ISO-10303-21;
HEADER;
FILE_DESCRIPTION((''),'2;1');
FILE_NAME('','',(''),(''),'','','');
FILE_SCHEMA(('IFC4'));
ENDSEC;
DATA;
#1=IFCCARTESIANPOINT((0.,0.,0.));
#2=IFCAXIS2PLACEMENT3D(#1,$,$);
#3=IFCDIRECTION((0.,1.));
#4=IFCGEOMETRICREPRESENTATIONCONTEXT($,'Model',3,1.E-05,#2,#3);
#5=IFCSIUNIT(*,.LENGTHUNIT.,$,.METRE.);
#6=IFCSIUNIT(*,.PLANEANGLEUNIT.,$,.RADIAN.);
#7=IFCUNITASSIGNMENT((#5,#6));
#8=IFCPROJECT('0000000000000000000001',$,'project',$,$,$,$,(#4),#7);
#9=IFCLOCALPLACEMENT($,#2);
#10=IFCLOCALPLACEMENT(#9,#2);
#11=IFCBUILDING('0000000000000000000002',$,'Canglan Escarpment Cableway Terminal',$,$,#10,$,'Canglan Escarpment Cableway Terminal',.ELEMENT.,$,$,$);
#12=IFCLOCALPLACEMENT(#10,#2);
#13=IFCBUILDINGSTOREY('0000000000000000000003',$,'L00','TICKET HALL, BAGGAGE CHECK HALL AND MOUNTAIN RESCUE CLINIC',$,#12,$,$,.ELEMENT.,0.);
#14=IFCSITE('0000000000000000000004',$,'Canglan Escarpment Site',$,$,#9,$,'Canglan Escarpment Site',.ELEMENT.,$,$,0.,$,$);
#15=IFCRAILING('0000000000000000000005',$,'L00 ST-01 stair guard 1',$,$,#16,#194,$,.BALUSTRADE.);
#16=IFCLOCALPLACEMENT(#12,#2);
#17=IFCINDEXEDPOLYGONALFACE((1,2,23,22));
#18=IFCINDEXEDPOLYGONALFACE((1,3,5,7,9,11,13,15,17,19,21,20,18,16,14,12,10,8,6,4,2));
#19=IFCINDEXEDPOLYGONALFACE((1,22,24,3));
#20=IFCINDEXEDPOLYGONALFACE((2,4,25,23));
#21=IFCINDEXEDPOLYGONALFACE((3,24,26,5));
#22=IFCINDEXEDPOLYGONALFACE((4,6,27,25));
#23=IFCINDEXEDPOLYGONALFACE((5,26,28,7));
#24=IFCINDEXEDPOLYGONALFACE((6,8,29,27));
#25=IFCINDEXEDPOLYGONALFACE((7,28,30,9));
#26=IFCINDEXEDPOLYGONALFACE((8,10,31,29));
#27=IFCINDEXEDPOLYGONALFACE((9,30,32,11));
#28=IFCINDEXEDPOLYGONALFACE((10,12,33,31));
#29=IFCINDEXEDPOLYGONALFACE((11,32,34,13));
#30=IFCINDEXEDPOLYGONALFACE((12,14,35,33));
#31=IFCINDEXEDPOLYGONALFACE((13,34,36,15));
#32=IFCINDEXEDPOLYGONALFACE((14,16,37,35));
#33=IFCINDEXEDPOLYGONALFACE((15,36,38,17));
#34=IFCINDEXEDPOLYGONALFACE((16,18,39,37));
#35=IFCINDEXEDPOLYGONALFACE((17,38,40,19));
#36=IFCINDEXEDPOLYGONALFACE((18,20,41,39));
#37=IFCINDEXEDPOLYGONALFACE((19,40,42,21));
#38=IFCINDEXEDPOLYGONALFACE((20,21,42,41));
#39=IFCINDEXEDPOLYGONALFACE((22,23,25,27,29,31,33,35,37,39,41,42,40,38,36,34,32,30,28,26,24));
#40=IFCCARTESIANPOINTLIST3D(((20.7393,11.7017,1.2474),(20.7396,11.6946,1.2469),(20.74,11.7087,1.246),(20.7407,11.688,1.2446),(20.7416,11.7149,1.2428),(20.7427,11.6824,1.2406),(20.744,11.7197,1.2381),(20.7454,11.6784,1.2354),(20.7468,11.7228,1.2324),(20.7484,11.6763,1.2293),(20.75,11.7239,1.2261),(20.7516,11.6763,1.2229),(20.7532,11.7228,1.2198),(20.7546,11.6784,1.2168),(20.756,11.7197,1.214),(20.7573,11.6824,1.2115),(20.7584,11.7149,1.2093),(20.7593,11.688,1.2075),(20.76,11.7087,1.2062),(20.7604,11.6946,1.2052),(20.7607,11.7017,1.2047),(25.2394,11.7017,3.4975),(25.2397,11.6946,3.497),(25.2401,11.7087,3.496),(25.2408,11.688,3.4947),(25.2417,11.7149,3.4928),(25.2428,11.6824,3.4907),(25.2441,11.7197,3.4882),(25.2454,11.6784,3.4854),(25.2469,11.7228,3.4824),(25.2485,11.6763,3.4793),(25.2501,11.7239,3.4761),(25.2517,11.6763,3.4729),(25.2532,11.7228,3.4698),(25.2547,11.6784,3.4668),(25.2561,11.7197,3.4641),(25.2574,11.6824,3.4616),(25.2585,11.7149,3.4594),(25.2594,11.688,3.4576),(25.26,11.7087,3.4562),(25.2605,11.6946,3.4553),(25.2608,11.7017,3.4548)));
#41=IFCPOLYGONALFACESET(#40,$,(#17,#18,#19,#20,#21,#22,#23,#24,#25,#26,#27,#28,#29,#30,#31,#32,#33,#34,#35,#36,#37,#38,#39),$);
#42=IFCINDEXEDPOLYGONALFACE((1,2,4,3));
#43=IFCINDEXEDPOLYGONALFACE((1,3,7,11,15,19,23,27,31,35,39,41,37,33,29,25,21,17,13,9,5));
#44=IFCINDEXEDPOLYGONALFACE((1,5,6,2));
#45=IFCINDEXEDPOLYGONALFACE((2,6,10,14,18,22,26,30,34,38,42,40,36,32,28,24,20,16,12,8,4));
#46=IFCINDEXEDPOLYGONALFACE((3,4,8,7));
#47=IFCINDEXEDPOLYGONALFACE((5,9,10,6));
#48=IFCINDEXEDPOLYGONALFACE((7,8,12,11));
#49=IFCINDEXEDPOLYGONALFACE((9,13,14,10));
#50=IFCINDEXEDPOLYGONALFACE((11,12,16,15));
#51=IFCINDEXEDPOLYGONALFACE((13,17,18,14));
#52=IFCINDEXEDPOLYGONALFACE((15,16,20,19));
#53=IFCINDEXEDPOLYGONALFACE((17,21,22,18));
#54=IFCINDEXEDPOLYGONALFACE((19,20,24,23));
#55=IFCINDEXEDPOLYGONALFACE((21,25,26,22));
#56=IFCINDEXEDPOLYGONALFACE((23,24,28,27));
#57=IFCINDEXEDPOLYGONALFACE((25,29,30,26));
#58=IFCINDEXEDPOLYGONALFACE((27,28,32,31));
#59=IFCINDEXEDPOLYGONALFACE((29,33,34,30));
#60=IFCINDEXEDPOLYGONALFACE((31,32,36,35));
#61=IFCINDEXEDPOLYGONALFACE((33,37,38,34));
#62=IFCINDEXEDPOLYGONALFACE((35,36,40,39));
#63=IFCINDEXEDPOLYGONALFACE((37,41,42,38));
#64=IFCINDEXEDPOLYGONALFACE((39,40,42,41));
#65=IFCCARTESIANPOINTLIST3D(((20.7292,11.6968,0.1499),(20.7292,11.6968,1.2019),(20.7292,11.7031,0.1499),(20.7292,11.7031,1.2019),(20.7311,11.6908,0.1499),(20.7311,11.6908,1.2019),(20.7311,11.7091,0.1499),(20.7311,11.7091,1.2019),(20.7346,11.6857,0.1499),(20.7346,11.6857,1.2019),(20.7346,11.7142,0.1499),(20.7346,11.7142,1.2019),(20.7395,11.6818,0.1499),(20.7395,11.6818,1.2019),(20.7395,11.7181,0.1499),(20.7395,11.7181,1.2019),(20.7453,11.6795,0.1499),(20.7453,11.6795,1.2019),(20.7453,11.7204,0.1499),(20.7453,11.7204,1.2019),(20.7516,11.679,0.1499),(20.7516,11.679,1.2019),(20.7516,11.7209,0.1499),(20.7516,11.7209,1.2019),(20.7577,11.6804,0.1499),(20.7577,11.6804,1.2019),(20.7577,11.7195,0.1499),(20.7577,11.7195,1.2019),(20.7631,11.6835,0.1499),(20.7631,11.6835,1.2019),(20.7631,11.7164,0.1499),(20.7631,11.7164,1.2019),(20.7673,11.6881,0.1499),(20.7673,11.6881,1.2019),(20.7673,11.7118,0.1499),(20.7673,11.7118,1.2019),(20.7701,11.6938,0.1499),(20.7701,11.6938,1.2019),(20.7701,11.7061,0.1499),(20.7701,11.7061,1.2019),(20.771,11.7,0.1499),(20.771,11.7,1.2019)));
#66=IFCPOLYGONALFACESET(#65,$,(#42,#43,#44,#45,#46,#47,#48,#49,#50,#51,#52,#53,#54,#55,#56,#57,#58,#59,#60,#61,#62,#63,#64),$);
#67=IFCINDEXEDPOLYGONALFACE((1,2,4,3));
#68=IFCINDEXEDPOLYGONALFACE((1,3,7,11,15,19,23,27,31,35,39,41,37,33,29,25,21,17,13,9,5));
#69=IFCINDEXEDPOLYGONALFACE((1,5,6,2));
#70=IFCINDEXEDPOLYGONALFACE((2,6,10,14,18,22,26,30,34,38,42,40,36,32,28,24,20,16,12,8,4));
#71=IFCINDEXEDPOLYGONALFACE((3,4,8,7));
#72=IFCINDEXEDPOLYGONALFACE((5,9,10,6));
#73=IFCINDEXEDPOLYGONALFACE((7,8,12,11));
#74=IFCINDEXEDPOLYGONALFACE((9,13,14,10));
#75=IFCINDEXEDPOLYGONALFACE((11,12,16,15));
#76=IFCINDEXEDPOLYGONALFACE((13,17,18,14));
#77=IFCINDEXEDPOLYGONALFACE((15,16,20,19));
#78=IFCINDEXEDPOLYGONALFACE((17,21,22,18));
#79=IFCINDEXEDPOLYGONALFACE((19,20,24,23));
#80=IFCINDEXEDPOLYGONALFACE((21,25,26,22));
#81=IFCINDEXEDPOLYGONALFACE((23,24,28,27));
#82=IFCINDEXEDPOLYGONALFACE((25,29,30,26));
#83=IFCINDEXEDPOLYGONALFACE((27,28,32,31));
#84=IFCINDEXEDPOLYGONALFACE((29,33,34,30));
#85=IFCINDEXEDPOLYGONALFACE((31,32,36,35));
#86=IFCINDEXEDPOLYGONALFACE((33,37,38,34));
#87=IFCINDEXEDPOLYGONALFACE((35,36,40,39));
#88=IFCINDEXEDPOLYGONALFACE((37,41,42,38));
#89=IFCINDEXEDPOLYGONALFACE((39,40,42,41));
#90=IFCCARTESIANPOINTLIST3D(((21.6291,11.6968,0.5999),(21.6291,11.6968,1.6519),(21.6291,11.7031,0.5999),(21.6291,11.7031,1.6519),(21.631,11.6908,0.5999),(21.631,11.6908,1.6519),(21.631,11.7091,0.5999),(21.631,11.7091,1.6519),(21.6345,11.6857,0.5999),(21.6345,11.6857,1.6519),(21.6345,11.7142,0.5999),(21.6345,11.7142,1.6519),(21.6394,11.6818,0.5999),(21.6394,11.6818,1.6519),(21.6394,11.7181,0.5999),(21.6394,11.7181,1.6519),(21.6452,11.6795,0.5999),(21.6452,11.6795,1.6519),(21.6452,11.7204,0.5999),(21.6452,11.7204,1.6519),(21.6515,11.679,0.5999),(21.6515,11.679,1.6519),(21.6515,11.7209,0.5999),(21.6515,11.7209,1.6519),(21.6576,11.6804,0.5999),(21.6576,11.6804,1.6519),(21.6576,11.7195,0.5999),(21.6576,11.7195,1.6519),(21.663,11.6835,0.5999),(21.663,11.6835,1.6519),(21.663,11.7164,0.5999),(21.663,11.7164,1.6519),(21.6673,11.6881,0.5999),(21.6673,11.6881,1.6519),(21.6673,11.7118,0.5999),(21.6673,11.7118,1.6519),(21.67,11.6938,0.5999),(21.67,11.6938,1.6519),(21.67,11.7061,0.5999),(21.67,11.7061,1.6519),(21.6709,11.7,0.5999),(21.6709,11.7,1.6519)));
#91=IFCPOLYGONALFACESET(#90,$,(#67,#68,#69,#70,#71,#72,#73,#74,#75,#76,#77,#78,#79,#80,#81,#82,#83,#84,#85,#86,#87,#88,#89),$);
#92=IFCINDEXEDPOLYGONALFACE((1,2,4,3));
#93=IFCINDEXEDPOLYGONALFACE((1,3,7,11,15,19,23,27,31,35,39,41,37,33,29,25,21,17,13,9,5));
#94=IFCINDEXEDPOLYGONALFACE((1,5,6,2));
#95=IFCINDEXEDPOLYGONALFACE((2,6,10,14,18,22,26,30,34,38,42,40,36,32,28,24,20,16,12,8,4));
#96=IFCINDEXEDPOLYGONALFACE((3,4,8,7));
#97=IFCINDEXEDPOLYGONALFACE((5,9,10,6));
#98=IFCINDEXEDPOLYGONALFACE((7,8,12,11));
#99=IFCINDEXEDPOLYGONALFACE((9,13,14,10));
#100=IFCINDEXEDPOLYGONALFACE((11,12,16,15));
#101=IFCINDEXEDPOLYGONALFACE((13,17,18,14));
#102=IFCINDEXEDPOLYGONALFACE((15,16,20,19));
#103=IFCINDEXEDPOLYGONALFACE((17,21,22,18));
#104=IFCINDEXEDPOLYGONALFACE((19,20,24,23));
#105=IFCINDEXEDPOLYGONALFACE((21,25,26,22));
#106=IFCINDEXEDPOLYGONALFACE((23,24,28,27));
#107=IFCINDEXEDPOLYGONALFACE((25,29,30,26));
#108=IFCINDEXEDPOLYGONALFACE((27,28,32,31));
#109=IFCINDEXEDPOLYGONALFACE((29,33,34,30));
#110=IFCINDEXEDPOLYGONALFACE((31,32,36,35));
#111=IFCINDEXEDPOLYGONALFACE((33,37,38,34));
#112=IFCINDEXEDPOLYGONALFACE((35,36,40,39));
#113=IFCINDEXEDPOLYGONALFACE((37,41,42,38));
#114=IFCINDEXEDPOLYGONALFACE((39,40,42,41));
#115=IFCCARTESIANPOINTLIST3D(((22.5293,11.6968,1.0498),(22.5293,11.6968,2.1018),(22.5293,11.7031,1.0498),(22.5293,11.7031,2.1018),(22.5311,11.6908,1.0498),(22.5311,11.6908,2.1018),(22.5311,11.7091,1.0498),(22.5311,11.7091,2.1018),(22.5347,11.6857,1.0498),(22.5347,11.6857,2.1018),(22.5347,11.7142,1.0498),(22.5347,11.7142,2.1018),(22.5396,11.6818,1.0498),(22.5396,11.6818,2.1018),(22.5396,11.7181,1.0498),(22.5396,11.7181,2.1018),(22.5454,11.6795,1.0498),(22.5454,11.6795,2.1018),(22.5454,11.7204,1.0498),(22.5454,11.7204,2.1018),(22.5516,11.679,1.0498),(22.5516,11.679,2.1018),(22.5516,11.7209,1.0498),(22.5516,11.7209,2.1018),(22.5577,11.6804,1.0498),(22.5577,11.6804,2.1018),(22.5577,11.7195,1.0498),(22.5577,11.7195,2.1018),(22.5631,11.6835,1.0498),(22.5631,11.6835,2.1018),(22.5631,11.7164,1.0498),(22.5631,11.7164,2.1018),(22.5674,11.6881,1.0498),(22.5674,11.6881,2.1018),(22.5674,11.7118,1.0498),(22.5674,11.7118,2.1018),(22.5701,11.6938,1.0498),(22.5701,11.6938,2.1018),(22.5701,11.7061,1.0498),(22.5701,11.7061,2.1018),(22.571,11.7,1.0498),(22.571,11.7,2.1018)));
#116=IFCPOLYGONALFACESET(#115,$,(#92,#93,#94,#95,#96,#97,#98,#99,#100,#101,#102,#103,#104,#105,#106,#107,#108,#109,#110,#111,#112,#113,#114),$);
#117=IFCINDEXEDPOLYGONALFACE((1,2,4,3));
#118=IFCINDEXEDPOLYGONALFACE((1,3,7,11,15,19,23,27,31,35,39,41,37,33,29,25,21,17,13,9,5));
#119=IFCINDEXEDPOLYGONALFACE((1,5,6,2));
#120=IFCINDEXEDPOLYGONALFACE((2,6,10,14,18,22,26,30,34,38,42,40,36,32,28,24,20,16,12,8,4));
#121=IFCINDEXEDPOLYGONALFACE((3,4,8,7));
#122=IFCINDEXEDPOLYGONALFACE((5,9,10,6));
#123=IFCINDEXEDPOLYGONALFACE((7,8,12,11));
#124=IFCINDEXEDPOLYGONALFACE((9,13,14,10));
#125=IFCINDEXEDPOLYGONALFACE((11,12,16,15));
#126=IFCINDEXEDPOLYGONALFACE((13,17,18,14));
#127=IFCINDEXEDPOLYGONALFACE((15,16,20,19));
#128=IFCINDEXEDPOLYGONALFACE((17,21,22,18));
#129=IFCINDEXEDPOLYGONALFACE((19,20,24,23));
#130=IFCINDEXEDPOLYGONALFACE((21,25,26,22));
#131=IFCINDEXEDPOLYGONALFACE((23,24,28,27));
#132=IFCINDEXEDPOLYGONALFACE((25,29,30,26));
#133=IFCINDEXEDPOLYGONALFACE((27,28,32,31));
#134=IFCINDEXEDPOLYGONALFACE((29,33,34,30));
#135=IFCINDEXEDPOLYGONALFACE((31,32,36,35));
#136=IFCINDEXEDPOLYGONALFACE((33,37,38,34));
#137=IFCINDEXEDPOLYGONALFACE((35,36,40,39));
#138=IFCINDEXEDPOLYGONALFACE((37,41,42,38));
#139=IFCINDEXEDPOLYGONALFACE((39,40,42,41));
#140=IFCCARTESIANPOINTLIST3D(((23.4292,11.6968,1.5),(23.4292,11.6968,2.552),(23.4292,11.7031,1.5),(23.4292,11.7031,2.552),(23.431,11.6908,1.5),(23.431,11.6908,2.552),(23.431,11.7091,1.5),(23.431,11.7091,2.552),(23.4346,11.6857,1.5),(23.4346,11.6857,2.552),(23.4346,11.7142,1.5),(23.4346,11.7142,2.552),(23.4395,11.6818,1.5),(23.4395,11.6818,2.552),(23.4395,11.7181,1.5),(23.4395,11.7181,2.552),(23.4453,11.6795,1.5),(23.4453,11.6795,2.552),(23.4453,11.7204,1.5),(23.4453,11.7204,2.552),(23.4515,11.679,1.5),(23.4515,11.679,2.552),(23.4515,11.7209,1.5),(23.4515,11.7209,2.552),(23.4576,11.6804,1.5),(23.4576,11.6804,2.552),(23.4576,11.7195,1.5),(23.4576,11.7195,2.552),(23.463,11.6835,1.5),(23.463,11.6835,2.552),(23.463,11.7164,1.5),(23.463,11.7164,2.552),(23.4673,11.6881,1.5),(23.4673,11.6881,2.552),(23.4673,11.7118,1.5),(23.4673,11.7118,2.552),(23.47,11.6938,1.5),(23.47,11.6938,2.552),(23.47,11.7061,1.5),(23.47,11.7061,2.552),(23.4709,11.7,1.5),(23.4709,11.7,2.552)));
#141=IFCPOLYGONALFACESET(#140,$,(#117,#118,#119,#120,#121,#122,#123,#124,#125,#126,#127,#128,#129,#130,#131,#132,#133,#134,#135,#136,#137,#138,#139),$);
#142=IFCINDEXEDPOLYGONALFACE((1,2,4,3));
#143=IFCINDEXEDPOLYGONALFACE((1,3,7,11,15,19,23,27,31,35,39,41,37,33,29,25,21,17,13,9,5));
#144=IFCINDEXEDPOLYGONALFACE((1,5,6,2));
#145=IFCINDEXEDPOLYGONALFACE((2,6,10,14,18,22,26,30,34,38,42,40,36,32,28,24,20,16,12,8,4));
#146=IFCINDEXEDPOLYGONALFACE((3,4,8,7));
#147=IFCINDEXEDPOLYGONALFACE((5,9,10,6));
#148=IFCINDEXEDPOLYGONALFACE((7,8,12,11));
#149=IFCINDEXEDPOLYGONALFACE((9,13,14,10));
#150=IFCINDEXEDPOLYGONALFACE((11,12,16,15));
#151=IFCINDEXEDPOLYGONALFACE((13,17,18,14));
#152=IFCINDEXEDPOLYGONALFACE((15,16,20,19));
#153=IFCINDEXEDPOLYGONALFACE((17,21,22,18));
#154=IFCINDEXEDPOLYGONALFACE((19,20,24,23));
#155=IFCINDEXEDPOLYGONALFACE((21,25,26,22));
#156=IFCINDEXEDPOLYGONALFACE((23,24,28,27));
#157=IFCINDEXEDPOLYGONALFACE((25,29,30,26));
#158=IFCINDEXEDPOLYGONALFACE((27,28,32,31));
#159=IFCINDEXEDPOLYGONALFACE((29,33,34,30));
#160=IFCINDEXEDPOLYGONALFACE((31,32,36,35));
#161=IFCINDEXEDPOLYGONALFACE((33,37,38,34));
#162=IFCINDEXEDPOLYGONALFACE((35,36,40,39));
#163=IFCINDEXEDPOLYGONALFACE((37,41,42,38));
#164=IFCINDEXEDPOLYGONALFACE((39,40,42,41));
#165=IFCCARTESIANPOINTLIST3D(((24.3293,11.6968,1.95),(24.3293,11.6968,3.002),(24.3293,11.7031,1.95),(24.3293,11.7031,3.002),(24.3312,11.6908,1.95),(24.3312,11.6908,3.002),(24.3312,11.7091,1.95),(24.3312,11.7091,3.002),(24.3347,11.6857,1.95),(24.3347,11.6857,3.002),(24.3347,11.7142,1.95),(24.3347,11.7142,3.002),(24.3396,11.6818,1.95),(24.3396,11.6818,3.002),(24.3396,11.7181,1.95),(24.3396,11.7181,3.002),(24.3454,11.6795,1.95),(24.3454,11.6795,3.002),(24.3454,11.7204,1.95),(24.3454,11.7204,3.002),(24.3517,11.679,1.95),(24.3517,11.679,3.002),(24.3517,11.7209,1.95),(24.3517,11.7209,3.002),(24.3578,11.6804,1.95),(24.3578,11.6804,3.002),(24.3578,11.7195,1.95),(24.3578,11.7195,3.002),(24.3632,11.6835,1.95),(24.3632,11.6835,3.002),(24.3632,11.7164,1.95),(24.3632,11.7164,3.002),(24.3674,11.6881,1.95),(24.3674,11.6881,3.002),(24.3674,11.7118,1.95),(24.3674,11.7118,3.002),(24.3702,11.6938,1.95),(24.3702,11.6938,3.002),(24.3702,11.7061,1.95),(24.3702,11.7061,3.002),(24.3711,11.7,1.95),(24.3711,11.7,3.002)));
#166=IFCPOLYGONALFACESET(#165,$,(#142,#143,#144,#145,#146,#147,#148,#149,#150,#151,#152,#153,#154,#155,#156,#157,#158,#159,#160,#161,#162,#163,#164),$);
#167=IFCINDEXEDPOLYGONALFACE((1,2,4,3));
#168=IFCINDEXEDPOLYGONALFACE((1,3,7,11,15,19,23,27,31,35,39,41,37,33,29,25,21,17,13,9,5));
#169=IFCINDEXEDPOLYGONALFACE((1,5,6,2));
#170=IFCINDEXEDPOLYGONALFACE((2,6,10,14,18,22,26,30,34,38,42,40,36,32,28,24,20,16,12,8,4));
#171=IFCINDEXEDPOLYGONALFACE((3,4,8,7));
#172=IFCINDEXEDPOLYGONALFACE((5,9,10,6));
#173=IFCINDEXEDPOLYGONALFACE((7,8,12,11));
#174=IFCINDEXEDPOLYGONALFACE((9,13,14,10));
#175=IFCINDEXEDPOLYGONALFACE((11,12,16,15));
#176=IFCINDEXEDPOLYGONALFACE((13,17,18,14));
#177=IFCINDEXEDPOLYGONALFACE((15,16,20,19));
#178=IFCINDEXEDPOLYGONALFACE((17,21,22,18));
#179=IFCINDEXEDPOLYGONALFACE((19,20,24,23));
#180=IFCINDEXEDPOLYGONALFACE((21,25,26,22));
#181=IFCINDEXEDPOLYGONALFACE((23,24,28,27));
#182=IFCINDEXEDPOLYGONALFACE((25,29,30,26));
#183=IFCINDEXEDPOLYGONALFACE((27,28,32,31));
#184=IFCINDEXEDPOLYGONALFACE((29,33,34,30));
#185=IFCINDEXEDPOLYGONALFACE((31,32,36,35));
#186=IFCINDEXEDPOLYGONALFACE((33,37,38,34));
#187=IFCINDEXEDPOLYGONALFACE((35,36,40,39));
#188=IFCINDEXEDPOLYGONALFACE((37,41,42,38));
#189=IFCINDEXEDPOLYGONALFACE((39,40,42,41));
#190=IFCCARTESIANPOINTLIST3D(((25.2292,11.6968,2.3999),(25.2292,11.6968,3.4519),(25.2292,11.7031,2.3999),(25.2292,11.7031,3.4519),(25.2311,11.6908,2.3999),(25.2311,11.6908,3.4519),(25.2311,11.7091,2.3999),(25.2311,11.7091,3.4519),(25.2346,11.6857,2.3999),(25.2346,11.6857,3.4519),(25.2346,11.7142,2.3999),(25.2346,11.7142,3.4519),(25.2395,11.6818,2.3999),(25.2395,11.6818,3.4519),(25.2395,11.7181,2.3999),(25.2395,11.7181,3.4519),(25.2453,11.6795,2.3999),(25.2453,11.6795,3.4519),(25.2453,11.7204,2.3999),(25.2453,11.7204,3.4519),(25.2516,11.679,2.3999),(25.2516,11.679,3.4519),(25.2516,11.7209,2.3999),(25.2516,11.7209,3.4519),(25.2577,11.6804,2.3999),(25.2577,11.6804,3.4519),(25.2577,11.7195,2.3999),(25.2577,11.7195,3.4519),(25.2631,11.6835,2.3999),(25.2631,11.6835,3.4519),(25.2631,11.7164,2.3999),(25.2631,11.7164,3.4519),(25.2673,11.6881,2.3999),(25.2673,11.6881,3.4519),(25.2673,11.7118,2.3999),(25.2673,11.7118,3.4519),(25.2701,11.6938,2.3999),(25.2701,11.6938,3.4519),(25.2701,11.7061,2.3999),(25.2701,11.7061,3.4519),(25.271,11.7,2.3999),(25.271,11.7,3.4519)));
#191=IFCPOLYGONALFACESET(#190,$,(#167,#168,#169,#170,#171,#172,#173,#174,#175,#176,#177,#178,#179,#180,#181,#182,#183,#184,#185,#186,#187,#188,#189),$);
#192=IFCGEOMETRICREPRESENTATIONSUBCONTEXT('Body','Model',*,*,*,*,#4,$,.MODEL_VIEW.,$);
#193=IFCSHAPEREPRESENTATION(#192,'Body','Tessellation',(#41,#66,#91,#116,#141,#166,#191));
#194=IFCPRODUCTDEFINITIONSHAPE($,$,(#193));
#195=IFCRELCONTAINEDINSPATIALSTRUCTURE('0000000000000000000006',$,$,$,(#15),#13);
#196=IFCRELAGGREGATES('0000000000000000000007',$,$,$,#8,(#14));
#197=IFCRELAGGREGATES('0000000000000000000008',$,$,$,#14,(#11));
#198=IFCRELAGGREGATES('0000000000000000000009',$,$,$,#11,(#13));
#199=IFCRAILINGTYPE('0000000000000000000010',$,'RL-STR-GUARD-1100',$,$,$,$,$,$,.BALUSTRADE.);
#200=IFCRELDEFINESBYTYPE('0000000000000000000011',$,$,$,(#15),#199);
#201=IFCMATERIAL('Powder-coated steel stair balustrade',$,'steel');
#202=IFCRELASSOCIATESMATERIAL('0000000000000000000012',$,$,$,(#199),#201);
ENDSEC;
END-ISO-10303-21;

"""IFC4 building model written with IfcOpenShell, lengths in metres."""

from ifc_helpers import new_model, si_unit, direction, frame, origin, origin_2d, place, context, subcontext, project, spatial, circle, extrude, material, type_object, element, save


model = new_model("IFC4")

# Units and contexts
model_context = context("Model", 3, precision=1e-05, world=origin(), true_north=direction((0.0, 1.0)))
body_context = subcontext(model_context, "Body", "Model", "MODEL_VIEW")
ifc_project = project(units=[si_unit("LENGTHUNIT", "METRE"), si_unit("PLANEANGLEUNIT", "RADIAN")], contexts=[model_context])

# Site, building, storey
site_placement = place(None, origin())
site = spatial("IfcSite", under=ifc_project, at=site_placement, Name="Canglan Escarpment Site", LongName="Canglan Escarpment Site", CompositionType="ELEMENT", RefElevation=0.0)
building_placement = place(site_placement, origin())
building = spatial("IfcBuilding", under=site, at=building_placement, Name="Canglan Escarpment Cableway Terminal", LongName="Canglan Escarpment Cableway Terminal", CompositionType="ELEMENT")
storey_placement = place(building_placement, origin())
storey = spatial("IfcBuildingStorey", under=building, at=storey_placement, Name="L00", Description="TICKET HALL, BAGGAGE CHECK HALL AND MOUNTAIN RESCUE CLINIC", CompositionType="ELEMENT", Elevation=0.0)

# Railing
ifc_material_1 = material(Name="Powder-coated steel stair balustrade", Category="steel")
railing_type_1 = type_object("IfcRailingType", Name="RL-STR-GUARD-1100", PredefinedType="BALUSTRADE", material=ifc_material_1)
railing_1_placement = place(storey_placement, frame((20.75, 11.7, 0.1499)))
element("IfcRailing", 1, at=railing_1_placement, inside=storey, type_object=railing_type_1, Name="L00 ST-01 stair guard 1", PredefinedType="BALUSTRADE", context=body_context, shape_type="SweptSolid", body=[
    extrude(circle(Radius=0.0239, at=origin_2d()), frame((0.0, 0.0, 1.0762), z_axis=(0.894427, 0.0, 0.447214), x_axis=(0.0, 1.0, 0.0)), (0.0, 0.0, 1.0), 5.0312),
    extrude(circle(Radius=0.021, at=origin_2d()), origin(), (0.0, 0.0, 1.0), 1.052),
    extrude(circle(Radius=0.021, at=origin_2d()), frame((0.8999, 0.0, 0.45)), (0.0, 0.0, 1.0), 1.052),
    extrude(circle(Radius=0.021, at=origin_2d()), frame((1.8, 0.0, 0.8999)), (0.0, 0.0, 1.0), 1.052),
    extrude(circle(Radius=0.021, at=origin_2d()), frame((2.7, 0.0, 1.3501)), (0.0, 0.0, 1.0), 1.052),
    extrude(circle(Radius=0.021, at=origin_2d()), frame((3.6001, 0.0, 1.8)), (0.0, 0.0, 1.0), 1.052),
    extrude(circle(Radius=0.021, at=origin_2d()), frame((4.5, 0.0, 2.25)), (0.0, 0.0, 1.0), 1.052),
])

save(model, "model.ifc")
